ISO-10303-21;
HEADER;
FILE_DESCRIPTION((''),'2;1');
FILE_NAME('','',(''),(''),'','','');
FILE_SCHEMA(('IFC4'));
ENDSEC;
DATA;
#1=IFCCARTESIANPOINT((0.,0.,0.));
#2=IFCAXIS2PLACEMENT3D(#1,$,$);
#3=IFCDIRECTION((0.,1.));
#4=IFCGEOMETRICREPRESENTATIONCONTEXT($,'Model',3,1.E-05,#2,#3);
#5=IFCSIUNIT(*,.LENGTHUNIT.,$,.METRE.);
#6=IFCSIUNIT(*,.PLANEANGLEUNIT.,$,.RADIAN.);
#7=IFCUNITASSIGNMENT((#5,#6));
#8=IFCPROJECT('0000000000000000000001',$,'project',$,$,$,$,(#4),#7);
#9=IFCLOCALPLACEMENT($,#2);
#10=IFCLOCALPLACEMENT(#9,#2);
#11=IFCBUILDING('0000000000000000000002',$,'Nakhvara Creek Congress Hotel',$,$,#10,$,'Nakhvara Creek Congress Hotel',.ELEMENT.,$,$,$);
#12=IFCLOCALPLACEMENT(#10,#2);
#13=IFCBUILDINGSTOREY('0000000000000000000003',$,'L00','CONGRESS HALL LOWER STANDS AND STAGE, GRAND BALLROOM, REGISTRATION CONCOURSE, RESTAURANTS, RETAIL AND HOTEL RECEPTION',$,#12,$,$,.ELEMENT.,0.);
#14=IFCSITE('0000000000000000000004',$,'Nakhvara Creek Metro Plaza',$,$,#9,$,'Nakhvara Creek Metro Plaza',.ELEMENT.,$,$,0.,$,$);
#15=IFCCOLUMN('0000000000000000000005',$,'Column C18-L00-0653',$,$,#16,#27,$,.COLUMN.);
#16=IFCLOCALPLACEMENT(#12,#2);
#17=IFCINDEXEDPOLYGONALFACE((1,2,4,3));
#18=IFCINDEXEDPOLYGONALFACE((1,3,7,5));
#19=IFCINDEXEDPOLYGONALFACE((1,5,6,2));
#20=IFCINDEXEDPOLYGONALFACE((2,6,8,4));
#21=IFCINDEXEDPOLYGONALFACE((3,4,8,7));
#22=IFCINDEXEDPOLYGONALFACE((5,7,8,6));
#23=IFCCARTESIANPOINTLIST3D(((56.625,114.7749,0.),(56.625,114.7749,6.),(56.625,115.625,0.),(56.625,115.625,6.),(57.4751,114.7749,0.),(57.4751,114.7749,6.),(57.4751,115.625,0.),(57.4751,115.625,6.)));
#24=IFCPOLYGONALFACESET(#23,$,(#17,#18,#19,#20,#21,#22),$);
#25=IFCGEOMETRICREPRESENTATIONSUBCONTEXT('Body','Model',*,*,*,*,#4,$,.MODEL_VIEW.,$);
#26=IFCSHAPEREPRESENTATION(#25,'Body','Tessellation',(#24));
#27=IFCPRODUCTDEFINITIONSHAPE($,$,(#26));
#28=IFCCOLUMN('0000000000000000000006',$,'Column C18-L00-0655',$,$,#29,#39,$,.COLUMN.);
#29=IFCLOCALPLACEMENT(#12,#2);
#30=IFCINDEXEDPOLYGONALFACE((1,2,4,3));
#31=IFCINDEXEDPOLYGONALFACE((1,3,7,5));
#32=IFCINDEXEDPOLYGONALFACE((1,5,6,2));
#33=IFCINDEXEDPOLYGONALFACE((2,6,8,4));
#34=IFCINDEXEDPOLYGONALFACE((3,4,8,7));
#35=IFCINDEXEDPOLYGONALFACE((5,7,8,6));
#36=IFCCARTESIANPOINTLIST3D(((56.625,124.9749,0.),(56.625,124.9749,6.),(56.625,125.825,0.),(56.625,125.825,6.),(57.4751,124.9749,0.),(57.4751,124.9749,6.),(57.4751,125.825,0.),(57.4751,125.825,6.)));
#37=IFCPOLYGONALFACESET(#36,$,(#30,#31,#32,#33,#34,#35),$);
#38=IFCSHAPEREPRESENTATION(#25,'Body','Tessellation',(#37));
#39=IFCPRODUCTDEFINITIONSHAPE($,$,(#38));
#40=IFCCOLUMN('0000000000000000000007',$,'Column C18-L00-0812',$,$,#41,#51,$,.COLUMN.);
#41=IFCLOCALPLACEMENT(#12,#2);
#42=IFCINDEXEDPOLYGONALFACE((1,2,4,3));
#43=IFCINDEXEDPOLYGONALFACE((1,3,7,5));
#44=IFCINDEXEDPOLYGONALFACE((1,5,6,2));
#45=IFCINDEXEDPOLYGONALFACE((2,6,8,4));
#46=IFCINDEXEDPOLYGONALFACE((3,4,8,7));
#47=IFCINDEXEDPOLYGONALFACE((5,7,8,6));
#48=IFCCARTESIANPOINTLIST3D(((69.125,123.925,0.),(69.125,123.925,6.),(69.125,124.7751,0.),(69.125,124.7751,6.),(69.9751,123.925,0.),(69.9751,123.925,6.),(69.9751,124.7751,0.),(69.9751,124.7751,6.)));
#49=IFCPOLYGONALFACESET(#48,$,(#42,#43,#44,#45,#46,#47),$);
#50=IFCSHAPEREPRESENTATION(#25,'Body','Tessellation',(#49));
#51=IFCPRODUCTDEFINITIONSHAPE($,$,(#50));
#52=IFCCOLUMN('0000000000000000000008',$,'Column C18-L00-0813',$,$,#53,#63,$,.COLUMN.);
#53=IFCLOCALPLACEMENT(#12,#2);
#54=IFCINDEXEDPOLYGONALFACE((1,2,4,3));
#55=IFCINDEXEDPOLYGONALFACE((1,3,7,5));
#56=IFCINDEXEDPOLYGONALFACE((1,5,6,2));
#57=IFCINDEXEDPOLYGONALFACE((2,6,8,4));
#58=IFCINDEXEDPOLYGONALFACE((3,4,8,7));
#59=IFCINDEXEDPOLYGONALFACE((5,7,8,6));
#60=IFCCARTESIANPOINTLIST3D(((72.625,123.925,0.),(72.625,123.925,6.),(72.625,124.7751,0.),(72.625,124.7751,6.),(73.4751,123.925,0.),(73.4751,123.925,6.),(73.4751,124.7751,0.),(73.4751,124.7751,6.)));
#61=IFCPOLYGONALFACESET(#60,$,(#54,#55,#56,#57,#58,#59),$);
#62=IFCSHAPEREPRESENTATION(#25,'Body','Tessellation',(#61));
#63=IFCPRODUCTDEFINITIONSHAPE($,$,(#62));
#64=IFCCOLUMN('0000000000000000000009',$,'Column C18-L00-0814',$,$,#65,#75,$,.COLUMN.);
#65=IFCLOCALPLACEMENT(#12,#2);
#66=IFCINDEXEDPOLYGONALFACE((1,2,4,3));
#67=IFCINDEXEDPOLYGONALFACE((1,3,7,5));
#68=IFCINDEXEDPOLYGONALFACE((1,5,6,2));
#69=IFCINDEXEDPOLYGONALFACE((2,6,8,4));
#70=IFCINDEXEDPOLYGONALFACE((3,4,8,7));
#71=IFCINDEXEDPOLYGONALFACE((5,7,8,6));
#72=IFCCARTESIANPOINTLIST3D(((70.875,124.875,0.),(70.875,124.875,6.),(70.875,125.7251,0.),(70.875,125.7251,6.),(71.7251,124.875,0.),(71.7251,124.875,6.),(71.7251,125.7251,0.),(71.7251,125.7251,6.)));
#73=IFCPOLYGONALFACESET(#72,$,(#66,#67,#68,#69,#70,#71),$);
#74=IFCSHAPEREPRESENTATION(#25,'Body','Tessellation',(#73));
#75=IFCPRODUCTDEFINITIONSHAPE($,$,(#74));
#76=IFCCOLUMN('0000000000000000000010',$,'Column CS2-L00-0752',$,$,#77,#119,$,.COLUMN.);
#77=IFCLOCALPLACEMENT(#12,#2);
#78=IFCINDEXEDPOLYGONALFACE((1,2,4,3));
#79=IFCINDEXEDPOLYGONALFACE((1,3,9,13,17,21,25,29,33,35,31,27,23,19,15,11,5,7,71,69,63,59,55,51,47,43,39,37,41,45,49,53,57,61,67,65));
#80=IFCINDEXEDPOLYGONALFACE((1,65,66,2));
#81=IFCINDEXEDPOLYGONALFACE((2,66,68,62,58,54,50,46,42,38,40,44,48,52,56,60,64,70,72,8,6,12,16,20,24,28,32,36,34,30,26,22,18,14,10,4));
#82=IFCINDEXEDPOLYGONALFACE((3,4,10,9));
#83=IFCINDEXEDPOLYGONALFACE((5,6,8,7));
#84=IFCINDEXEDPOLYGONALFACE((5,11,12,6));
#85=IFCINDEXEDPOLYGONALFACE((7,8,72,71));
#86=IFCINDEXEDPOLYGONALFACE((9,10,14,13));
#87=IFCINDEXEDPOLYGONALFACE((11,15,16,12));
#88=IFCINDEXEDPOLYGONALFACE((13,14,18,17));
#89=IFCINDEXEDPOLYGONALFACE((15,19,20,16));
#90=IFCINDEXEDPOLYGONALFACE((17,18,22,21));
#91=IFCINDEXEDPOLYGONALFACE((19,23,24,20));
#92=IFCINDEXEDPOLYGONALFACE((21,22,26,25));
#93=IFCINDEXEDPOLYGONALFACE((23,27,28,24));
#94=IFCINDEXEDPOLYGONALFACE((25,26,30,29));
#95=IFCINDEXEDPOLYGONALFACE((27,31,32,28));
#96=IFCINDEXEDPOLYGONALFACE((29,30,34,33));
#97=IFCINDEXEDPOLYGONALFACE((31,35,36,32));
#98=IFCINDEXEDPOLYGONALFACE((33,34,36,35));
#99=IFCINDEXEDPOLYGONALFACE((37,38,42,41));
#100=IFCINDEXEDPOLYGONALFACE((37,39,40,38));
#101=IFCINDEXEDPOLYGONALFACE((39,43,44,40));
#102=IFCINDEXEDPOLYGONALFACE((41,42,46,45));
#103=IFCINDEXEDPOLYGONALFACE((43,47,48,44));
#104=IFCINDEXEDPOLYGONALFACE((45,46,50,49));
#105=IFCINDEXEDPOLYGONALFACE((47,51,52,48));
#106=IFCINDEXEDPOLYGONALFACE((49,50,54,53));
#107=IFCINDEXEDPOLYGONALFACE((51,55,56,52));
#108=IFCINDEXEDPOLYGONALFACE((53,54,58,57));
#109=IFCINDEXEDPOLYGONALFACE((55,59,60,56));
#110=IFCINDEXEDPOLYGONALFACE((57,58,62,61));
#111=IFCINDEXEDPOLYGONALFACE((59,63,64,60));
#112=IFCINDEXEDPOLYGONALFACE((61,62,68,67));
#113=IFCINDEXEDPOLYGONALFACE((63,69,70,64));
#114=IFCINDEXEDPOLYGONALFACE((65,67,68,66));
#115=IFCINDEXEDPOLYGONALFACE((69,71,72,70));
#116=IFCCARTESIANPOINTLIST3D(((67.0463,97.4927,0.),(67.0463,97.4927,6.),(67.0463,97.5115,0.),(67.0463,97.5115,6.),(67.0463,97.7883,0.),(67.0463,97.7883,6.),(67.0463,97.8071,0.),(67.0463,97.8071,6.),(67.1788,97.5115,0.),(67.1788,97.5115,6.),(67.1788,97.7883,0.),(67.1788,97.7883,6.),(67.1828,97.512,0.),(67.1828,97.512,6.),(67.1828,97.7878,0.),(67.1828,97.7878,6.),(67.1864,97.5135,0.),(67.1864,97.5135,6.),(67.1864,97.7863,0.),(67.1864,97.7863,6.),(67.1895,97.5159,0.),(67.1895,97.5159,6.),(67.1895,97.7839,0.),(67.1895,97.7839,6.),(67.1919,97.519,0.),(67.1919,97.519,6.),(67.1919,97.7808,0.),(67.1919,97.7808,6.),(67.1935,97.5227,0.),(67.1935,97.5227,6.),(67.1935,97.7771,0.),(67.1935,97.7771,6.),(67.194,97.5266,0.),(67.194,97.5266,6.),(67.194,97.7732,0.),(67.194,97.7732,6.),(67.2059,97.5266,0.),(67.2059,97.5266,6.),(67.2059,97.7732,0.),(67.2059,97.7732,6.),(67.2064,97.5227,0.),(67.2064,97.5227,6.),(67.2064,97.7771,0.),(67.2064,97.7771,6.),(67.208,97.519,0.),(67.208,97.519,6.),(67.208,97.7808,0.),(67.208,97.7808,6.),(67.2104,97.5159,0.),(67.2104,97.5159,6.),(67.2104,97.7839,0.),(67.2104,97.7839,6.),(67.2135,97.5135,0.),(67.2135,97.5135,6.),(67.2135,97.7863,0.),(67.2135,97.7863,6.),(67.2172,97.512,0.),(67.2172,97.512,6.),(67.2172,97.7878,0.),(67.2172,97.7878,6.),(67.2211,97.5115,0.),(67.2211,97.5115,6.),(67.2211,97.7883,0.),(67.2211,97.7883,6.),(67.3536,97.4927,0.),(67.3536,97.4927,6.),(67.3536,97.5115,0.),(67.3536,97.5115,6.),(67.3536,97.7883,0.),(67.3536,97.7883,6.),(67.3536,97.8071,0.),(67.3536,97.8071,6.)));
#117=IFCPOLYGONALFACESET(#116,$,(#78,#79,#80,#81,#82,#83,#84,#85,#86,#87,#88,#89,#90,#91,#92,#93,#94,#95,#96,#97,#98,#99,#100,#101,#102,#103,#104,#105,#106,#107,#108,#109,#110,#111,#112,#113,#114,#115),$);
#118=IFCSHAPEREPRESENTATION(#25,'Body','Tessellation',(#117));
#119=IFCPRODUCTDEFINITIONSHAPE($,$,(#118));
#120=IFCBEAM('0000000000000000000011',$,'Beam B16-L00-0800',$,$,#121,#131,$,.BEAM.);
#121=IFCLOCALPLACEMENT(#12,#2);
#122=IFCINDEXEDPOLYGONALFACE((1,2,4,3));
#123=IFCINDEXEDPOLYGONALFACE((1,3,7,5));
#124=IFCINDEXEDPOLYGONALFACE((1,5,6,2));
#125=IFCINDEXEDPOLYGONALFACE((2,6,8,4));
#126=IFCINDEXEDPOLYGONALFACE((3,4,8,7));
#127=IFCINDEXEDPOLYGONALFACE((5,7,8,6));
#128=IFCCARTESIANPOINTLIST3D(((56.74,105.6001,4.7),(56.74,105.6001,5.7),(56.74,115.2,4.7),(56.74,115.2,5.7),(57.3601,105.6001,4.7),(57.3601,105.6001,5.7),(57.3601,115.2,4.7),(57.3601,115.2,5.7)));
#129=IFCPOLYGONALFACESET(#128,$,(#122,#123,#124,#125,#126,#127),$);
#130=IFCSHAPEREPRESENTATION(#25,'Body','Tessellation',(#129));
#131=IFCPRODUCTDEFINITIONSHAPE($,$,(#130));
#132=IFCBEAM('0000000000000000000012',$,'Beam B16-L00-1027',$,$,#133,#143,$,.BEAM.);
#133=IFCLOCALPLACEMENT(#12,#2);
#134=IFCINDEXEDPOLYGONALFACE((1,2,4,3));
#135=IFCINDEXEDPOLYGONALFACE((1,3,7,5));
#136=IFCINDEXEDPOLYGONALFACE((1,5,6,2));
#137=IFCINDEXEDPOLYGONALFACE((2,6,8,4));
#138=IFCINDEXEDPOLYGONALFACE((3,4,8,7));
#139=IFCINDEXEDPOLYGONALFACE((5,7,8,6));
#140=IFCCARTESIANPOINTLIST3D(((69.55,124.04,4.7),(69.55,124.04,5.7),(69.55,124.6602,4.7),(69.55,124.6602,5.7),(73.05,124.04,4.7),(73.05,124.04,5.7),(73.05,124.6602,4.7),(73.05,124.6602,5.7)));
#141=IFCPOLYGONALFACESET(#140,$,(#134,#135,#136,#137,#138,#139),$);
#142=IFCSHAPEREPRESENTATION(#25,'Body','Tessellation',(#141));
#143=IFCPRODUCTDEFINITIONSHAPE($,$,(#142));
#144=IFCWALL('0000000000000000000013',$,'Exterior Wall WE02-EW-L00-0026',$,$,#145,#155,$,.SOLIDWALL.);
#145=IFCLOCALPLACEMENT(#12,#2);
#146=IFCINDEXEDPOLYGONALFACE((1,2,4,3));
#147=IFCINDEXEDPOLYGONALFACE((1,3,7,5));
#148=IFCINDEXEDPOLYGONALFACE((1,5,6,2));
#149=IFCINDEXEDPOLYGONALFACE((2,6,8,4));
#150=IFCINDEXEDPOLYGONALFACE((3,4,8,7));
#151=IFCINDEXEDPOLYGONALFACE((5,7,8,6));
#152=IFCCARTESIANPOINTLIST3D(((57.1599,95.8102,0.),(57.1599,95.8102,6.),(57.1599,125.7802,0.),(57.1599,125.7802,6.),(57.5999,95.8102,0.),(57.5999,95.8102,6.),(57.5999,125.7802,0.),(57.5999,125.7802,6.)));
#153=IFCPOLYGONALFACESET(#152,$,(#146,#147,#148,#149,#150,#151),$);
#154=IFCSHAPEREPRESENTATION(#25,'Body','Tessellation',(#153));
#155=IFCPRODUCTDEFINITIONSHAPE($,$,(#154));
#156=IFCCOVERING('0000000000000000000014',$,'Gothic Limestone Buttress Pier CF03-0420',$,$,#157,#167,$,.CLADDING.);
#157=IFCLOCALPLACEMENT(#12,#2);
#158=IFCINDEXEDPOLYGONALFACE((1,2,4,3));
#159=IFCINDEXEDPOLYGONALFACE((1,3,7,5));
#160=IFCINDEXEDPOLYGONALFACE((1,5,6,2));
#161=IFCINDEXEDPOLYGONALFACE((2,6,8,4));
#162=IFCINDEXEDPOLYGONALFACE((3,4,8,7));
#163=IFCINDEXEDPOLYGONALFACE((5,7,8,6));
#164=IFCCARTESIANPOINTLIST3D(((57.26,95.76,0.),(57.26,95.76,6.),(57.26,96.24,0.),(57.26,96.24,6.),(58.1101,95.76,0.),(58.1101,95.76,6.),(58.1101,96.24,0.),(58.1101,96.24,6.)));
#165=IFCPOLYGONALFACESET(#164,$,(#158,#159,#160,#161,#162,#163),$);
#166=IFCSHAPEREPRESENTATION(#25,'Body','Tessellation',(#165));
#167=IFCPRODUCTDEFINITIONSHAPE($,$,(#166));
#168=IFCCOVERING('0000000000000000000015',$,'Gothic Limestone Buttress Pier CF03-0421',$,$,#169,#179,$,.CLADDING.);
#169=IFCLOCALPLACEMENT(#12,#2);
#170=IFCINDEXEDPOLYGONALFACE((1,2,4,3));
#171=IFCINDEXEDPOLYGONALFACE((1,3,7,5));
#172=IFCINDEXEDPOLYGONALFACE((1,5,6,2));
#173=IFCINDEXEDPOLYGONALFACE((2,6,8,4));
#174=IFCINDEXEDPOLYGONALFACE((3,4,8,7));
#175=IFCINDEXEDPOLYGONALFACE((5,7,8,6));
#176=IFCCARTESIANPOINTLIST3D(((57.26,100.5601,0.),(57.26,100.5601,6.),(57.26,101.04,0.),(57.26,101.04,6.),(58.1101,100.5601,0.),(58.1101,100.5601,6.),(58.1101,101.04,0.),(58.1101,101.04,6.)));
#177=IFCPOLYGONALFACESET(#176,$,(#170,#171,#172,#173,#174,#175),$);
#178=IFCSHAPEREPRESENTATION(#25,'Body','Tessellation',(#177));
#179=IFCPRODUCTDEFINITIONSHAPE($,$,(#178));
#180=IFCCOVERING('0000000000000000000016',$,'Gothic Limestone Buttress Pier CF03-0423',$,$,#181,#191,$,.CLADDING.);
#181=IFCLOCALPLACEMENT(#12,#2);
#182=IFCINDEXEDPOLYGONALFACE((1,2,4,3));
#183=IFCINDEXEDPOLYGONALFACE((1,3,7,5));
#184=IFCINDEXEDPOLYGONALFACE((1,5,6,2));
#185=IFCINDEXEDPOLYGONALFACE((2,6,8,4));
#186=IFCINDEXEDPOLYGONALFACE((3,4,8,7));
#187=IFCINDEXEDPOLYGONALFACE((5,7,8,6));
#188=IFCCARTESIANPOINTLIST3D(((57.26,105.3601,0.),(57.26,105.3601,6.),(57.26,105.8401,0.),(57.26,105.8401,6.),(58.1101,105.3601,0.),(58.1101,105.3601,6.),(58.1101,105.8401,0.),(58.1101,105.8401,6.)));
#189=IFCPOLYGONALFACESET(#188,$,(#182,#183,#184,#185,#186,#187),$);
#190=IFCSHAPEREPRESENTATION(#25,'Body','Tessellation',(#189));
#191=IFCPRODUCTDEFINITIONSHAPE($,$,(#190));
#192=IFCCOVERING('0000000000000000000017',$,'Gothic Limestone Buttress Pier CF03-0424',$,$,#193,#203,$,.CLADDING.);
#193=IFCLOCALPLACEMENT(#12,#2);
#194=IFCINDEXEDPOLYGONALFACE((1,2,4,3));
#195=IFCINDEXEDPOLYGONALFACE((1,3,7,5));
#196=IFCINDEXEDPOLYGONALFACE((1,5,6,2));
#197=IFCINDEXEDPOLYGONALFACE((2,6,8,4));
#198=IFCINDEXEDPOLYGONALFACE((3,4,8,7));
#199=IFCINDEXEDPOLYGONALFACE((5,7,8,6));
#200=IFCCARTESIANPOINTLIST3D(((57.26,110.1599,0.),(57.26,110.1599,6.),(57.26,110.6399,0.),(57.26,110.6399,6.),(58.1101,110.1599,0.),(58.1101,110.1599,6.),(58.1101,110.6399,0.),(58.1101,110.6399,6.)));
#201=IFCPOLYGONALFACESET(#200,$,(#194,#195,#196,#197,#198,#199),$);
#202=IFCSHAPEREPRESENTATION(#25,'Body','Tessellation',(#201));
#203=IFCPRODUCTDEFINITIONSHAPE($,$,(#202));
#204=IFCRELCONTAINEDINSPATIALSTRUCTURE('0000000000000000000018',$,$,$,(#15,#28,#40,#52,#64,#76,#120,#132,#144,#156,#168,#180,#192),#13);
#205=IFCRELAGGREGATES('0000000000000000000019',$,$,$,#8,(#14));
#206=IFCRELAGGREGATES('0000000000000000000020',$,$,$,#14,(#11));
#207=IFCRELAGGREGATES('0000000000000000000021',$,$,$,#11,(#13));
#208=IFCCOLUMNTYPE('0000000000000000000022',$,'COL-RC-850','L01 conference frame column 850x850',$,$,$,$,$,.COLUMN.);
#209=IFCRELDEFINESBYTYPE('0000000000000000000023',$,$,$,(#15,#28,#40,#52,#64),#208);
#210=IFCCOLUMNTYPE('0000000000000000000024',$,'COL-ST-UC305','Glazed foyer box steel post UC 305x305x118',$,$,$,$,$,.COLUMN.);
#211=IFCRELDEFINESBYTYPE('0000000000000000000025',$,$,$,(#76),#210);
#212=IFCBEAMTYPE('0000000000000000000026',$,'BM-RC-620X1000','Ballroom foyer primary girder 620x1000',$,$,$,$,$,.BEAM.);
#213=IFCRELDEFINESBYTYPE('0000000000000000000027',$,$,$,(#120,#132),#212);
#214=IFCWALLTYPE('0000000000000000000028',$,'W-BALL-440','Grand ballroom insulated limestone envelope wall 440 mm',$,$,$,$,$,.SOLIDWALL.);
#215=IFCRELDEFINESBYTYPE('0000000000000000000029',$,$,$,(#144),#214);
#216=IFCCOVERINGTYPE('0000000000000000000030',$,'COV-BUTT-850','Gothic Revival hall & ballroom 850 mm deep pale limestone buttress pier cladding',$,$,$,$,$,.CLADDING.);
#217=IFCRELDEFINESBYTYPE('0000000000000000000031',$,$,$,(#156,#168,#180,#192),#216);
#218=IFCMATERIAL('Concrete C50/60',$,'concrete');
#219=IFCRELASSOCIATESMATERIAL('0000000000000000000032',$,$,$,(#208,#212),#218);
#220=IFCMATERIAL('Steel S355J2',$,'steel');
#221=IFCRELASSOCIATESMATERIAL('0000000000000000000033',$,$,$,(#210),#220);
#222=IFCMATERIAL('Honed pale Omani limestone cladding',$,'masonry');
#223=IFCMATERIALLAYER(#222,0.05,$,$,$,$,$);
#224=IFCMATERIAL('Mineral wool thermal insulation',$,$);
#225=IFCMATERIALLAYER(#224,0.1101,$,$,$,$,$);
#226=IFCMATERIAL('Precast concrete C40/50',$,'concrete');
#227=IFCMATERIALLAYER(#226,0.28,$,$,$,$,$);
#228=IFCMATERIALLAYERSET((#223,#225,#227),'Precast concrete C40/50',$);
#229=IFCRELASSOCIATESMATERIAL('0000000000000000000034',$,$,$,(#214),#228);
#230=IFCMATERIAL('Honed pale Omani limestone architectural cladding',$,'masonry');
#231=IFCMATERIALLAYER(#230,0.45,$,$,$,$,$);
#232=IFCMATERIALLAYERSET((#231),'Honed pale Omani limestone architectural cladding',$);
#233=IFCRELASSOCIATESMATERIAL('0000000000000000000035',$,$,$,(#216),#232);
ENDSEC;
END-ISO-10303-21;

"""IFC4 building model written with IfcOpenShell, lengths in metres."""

from ifc_helpers import new_model, si_unit, direction, frame, frame_2d, origin, origin_2d, place, context, subcontext, project, spatial, rectangle, i_section, extrude, material, layer, layer_set, material_profile, profile_set, type_object, element, save


model = new_model("IFC4")

# Units and contexts
model_context = context("Model", 3, precision=1e-05, world=origin(), true_north=direction((0.0, 1.0)))
body_context = subcontext(model_context, "Body", "Model", "MODEL_VIEW")
ifc_project = project(units=[si_unit("LENGTHUNIT", "METRE"), si_unit("PLANEANGLEUNIT", "RADIAN")], contexts=[model_context])

# Site, building, storey
site_placement = place(None, origin())
site = spatial("IfcSite", under=ifc_project, at=site_placement, Name="Nakhvara Creek Metro Plaza", LongName="Nakhvara Creek Metro Plaza", CompositionType="ELEMENT", RefElevation=0.0)
building_placement = place(site_placement, origin())
building = spatial("IfcBuilding", under=site, at=building_placement, Name="Nakhvara Creek Congress Hotel", LongName="Nakhvara Creek Congress Hotel", CompositionType="ELEMENT")
storey_placement = place(building_placement, origin())
storey = spatial("IfcBuildingStorey", under=building, at=storey_placement, Name="L00", Description="CONGRESS HALL LOWER STANDS AND STAGE, GRAND BALLROOM, REGISTRATION CONCOURSE, RESTAURANTS, RETAIL AND HOTEL RECEPTION", CompositionType="ELEMENT", Elevation=0.0)

# Columns
ifc_material_1 = material(Name="Concrete C50/60", Category="concrete")
ifc_material_profile_1 = material_profile(ifc_material_1, rectangle(XDim=0.8501, YDim=0.8501, at=origin_2d()), Name="RC-COL 850x850", Category="LoadBearing")
ifc_profile_set_1 = profile_set([ifc_material_profile_1], Name="Concrete C50/60")
column_type_1 = type_object("IfcColumnType", Name="COL-RC-850", Description="L01 conference frame column 850x850", PredefinedType="COLUMN", material=ifc_profile_set_1)
for number, where, z_axis, x_axis, name in (
    (1, (57.05, 115.2, 0.0), (0.0, 0.0, 1.0), (1.0, 0.0, 0.0), "Column C18-L00-0653"),
    (2, (57.05, 125.3999, 0.0), (0.0, 0.0, 1.0), (1.0, 0.0, 0.0), "Column C18-L00-0655"),
    (3, (69.55, 124.3501, 0.0), (0.0, 0.0, 1.0), (1.0, 0.0, 0.0), "Column C18-L00-0812"),
    (4, (73.05, 124.3501, 0.0), (0.0, 0.0, 1.0), (1.0, 0.0, 0.0), "Column C18-L00-0813"),
    (5, (71.3, 125.3, 0.0), (0.0, 0.0, 1.0), (1.0, 0.0, 0.0), "Column C18-L00-0814"),
):
    element("IfcColumn", number, at=place(storey_placement, frame(where, z_axis=z_axis, x_axis=x_axis)), inside=storey, type_object=column_type_1, Name=name, PredefinedType="COLUMN", context=body_context, shape_type="SweptSolid", body=[
        extrude(rectangle(XDim=0.8501, YDim=0.8501, at=origin_2d()), origin(), (0.0, 0.0, 1.0), 6.0),
    ])
ifc_material_2 = material(Name="Steel S355J2", Category="steel")
ifc_material_profile_2 = material_profile(ifc_material_2, i_section(OverallWidth=0.3074, OverallDepth=0.3145, WebThickness=0.012, FlangeThickness=0.0188, FilletRadius=0.0151, at=origin_2d()), Name="UC 305x305x118", Category="LoadBearing")
ifc_profile_set_2 = profile_set([ifc_material_profile_2], Name="Steel S355J2")
column_type_2 = type_object("IfcColumnType", Name="COL-ST-UC305", Description="Glazed foyer box steel post UC 305x305x118", PredefinedType="COLUMN", material=ifc_profile_set_2)
column_placement = place(storey_placement, frame((67.2, 97.6499, 0.0), z_axis=(0.0, 0.0, 1.0), x_axis=(1.0, 0.0, 0.0)))
element("IfcColumn", 6, at=column_placement, inside=storey, type_object=column_type_2, Name="Column CS2-L00-0752", PredefinedType="COLUMN", context=body_context, shape_type="SweptSolid", body=[
    extrude(i_section(OverallWidth=0.3074, OverallDepth=0.3145, WebThickness=0.012, FlangeThickness=0.0188, FilletRadius=0.0151, at=origin_2d()), origin(), (0.0, 0.0, 1.0), 6.0),
])

# Beams
ifc_material_profile_3 = material_profile(ifc_material_1, rectangle(XDim=0.6201, YDim=1.0, at=origin_2d()), Name="RC-BM 620x1000", Category="LoadBearing")
ifc_profile_set_3 = profile_set([ifc_material_profile_3], Name="Concrete C50/60")
beam_type = type_object("IfcBeamType", Name="BM-RC-620X1000", Description="Ballroom foyer primary girder 620x1000", PredefinedType="BEAM", material=ifc_profile_set_3)
beam_1_placement = place(storey_placement, frame((57.05, 105.6001, 5.2), z_axis=(0.0, 1.0, 0.0), x_axis=(-1.0, 0.0, 0.0)))
element("IfcBeam", 7, at=beam_1_placement, inside=storey, type_object=beam_type, Name="Beam B16-L00-0800", PredefinedType="BEAM", context=body_context, shape_type="SweptSolid", body=[
    extrude(rectangle(XDim=0.6201, YDim=1.0, at=origin_2d()), origin(), (0.0, 0.0, 1.0), 9.5999),
])
beam_2_placement = place(storey_placement, frame((69.55, 124.3501, 5.2), z_axis=(1.0, 0.0, 0.0), x_axis=(0.0, 1.0, 0.0)))
element("IfcBeam", 8, at=beam_2_placement, inside=storey, type_object=beam_type, Name="Beam B16-L00-1027", PredefinedType="BEAM", context=body_context, shape_type="SweptSolid", body=[
    extrude(rectangle(XDim=0.6201, YDim=1.0, at=origin_2d()), origin(), (0.0, 0.0, 1.0), 3.5),
])

# Wall
ifc_material_3 = material(Name="Honed pale Omani limestone cladding", Category="masonry")
ifc_layer_1 = layer(ifc_material_3, 0.05)
ifc_material_4 = material(Name="Mineral wool thermal insulation")
ifc_layer_2 = layer(ifc_material_4, 0.1101)
ifc_material_5 = material(Name="Precast concrete C40/50", Category="concrete")
ifc_layer_3 = layer(ifc_material_5, 0.28)
ifc_layer_set_1 = layer_set([ifc_layer_1, ifc_layer_2, ifc_layer_3], Name="Precast concrete C40/50")
wall_type = type_object("IfcWallType", Name="W-BALL-440", Description="Grand ballroom insulated limestone envelope wall 440 mm", PredefinedType="SOLIDWALL", material=ifc_layer_set_1)
wall_placement = place(storey_placement, frame((57.3799, 125.78, 0.0), z_axis=(0.0, 0.0, 1.0), x_axis=(0.0, -1.0, 0.0)))
element("IfcWall", 9, at=wall_placement, inside=storey, type_object=wall_type, Name="Exterior Wall WE02-EW-L00-0026", PredefinedType="SOLIDWALL", context=body_context, shape_type="SweptSolid", body=[
    extrude(rectangle(XDim=29.97, YDim=0.4399, at=frame_2d((14.9849, 0.0))), origin(), (0.0, 0.0, 1.0), 6.0),
])

# Coverings
ifc_material_6 = material(Name="Honed pale Omani limestone architectural cladding", Category="masonry")
ifc_layer_4 = layer(ifc_material_6, 0.45)
ifc_layer_set_2 = layer_set([ifc_layer_4], Name="Honed pale Omani limestone architectural cladding")
covering_type_1 = type_object("IfcCoveringType", Name="COV-BUTT-850", Description="Gothic Revival hall & ballroom 850 mm deep pale limestone buttress pier cladding", PredefinedType="CLADDING", material=ifc_layer_set_2)
for number, where, z_axis, x_axis, name in (
    (10, (57.6851, 96.0, 0.0), (0.0, 0.0, 1.0), (0.0, 1.0, 0.0), "Gothic Limestone Buttress Pier CF03-0420"),
    (11, (57.6851, 100.8, 0.0), (0.0, 0.0, 1.0), (0.0, 1.0, 0.0), "Gothic Limestone Buttress Pier CF03-0421"),
    (12, (57.6851, 105.6001, 0.0), (0.0, 0.0, 1.0), (0.0, 1.0, 0.0), "Gothic Limestone Buttress Pier CF03-0423"),
    (13, (57.6851, 110.3999, 0.0), (0.0, 0.0, 1.0), (0.0, 1.0, 0.0), "Gothic Limestone Buttress Pier CF03-0424"),
):
    element("IfcCovering", number, at=place(storey_placement, frame(where, z_axis=z_axis, x_axis=x_axis)), inside=storey, type_object=covering_type_1, Name=name, PredefinedType="CLADDING", context=body_context, shape_type="SweptSolid", body=[
        extrude(rectangle(XDim=0.48, YDim=0.8501, at=origin_2d()), origin(), (0.0, 0.0, 1.0), 6.0),
    ])

save(model, "model.ifc")
